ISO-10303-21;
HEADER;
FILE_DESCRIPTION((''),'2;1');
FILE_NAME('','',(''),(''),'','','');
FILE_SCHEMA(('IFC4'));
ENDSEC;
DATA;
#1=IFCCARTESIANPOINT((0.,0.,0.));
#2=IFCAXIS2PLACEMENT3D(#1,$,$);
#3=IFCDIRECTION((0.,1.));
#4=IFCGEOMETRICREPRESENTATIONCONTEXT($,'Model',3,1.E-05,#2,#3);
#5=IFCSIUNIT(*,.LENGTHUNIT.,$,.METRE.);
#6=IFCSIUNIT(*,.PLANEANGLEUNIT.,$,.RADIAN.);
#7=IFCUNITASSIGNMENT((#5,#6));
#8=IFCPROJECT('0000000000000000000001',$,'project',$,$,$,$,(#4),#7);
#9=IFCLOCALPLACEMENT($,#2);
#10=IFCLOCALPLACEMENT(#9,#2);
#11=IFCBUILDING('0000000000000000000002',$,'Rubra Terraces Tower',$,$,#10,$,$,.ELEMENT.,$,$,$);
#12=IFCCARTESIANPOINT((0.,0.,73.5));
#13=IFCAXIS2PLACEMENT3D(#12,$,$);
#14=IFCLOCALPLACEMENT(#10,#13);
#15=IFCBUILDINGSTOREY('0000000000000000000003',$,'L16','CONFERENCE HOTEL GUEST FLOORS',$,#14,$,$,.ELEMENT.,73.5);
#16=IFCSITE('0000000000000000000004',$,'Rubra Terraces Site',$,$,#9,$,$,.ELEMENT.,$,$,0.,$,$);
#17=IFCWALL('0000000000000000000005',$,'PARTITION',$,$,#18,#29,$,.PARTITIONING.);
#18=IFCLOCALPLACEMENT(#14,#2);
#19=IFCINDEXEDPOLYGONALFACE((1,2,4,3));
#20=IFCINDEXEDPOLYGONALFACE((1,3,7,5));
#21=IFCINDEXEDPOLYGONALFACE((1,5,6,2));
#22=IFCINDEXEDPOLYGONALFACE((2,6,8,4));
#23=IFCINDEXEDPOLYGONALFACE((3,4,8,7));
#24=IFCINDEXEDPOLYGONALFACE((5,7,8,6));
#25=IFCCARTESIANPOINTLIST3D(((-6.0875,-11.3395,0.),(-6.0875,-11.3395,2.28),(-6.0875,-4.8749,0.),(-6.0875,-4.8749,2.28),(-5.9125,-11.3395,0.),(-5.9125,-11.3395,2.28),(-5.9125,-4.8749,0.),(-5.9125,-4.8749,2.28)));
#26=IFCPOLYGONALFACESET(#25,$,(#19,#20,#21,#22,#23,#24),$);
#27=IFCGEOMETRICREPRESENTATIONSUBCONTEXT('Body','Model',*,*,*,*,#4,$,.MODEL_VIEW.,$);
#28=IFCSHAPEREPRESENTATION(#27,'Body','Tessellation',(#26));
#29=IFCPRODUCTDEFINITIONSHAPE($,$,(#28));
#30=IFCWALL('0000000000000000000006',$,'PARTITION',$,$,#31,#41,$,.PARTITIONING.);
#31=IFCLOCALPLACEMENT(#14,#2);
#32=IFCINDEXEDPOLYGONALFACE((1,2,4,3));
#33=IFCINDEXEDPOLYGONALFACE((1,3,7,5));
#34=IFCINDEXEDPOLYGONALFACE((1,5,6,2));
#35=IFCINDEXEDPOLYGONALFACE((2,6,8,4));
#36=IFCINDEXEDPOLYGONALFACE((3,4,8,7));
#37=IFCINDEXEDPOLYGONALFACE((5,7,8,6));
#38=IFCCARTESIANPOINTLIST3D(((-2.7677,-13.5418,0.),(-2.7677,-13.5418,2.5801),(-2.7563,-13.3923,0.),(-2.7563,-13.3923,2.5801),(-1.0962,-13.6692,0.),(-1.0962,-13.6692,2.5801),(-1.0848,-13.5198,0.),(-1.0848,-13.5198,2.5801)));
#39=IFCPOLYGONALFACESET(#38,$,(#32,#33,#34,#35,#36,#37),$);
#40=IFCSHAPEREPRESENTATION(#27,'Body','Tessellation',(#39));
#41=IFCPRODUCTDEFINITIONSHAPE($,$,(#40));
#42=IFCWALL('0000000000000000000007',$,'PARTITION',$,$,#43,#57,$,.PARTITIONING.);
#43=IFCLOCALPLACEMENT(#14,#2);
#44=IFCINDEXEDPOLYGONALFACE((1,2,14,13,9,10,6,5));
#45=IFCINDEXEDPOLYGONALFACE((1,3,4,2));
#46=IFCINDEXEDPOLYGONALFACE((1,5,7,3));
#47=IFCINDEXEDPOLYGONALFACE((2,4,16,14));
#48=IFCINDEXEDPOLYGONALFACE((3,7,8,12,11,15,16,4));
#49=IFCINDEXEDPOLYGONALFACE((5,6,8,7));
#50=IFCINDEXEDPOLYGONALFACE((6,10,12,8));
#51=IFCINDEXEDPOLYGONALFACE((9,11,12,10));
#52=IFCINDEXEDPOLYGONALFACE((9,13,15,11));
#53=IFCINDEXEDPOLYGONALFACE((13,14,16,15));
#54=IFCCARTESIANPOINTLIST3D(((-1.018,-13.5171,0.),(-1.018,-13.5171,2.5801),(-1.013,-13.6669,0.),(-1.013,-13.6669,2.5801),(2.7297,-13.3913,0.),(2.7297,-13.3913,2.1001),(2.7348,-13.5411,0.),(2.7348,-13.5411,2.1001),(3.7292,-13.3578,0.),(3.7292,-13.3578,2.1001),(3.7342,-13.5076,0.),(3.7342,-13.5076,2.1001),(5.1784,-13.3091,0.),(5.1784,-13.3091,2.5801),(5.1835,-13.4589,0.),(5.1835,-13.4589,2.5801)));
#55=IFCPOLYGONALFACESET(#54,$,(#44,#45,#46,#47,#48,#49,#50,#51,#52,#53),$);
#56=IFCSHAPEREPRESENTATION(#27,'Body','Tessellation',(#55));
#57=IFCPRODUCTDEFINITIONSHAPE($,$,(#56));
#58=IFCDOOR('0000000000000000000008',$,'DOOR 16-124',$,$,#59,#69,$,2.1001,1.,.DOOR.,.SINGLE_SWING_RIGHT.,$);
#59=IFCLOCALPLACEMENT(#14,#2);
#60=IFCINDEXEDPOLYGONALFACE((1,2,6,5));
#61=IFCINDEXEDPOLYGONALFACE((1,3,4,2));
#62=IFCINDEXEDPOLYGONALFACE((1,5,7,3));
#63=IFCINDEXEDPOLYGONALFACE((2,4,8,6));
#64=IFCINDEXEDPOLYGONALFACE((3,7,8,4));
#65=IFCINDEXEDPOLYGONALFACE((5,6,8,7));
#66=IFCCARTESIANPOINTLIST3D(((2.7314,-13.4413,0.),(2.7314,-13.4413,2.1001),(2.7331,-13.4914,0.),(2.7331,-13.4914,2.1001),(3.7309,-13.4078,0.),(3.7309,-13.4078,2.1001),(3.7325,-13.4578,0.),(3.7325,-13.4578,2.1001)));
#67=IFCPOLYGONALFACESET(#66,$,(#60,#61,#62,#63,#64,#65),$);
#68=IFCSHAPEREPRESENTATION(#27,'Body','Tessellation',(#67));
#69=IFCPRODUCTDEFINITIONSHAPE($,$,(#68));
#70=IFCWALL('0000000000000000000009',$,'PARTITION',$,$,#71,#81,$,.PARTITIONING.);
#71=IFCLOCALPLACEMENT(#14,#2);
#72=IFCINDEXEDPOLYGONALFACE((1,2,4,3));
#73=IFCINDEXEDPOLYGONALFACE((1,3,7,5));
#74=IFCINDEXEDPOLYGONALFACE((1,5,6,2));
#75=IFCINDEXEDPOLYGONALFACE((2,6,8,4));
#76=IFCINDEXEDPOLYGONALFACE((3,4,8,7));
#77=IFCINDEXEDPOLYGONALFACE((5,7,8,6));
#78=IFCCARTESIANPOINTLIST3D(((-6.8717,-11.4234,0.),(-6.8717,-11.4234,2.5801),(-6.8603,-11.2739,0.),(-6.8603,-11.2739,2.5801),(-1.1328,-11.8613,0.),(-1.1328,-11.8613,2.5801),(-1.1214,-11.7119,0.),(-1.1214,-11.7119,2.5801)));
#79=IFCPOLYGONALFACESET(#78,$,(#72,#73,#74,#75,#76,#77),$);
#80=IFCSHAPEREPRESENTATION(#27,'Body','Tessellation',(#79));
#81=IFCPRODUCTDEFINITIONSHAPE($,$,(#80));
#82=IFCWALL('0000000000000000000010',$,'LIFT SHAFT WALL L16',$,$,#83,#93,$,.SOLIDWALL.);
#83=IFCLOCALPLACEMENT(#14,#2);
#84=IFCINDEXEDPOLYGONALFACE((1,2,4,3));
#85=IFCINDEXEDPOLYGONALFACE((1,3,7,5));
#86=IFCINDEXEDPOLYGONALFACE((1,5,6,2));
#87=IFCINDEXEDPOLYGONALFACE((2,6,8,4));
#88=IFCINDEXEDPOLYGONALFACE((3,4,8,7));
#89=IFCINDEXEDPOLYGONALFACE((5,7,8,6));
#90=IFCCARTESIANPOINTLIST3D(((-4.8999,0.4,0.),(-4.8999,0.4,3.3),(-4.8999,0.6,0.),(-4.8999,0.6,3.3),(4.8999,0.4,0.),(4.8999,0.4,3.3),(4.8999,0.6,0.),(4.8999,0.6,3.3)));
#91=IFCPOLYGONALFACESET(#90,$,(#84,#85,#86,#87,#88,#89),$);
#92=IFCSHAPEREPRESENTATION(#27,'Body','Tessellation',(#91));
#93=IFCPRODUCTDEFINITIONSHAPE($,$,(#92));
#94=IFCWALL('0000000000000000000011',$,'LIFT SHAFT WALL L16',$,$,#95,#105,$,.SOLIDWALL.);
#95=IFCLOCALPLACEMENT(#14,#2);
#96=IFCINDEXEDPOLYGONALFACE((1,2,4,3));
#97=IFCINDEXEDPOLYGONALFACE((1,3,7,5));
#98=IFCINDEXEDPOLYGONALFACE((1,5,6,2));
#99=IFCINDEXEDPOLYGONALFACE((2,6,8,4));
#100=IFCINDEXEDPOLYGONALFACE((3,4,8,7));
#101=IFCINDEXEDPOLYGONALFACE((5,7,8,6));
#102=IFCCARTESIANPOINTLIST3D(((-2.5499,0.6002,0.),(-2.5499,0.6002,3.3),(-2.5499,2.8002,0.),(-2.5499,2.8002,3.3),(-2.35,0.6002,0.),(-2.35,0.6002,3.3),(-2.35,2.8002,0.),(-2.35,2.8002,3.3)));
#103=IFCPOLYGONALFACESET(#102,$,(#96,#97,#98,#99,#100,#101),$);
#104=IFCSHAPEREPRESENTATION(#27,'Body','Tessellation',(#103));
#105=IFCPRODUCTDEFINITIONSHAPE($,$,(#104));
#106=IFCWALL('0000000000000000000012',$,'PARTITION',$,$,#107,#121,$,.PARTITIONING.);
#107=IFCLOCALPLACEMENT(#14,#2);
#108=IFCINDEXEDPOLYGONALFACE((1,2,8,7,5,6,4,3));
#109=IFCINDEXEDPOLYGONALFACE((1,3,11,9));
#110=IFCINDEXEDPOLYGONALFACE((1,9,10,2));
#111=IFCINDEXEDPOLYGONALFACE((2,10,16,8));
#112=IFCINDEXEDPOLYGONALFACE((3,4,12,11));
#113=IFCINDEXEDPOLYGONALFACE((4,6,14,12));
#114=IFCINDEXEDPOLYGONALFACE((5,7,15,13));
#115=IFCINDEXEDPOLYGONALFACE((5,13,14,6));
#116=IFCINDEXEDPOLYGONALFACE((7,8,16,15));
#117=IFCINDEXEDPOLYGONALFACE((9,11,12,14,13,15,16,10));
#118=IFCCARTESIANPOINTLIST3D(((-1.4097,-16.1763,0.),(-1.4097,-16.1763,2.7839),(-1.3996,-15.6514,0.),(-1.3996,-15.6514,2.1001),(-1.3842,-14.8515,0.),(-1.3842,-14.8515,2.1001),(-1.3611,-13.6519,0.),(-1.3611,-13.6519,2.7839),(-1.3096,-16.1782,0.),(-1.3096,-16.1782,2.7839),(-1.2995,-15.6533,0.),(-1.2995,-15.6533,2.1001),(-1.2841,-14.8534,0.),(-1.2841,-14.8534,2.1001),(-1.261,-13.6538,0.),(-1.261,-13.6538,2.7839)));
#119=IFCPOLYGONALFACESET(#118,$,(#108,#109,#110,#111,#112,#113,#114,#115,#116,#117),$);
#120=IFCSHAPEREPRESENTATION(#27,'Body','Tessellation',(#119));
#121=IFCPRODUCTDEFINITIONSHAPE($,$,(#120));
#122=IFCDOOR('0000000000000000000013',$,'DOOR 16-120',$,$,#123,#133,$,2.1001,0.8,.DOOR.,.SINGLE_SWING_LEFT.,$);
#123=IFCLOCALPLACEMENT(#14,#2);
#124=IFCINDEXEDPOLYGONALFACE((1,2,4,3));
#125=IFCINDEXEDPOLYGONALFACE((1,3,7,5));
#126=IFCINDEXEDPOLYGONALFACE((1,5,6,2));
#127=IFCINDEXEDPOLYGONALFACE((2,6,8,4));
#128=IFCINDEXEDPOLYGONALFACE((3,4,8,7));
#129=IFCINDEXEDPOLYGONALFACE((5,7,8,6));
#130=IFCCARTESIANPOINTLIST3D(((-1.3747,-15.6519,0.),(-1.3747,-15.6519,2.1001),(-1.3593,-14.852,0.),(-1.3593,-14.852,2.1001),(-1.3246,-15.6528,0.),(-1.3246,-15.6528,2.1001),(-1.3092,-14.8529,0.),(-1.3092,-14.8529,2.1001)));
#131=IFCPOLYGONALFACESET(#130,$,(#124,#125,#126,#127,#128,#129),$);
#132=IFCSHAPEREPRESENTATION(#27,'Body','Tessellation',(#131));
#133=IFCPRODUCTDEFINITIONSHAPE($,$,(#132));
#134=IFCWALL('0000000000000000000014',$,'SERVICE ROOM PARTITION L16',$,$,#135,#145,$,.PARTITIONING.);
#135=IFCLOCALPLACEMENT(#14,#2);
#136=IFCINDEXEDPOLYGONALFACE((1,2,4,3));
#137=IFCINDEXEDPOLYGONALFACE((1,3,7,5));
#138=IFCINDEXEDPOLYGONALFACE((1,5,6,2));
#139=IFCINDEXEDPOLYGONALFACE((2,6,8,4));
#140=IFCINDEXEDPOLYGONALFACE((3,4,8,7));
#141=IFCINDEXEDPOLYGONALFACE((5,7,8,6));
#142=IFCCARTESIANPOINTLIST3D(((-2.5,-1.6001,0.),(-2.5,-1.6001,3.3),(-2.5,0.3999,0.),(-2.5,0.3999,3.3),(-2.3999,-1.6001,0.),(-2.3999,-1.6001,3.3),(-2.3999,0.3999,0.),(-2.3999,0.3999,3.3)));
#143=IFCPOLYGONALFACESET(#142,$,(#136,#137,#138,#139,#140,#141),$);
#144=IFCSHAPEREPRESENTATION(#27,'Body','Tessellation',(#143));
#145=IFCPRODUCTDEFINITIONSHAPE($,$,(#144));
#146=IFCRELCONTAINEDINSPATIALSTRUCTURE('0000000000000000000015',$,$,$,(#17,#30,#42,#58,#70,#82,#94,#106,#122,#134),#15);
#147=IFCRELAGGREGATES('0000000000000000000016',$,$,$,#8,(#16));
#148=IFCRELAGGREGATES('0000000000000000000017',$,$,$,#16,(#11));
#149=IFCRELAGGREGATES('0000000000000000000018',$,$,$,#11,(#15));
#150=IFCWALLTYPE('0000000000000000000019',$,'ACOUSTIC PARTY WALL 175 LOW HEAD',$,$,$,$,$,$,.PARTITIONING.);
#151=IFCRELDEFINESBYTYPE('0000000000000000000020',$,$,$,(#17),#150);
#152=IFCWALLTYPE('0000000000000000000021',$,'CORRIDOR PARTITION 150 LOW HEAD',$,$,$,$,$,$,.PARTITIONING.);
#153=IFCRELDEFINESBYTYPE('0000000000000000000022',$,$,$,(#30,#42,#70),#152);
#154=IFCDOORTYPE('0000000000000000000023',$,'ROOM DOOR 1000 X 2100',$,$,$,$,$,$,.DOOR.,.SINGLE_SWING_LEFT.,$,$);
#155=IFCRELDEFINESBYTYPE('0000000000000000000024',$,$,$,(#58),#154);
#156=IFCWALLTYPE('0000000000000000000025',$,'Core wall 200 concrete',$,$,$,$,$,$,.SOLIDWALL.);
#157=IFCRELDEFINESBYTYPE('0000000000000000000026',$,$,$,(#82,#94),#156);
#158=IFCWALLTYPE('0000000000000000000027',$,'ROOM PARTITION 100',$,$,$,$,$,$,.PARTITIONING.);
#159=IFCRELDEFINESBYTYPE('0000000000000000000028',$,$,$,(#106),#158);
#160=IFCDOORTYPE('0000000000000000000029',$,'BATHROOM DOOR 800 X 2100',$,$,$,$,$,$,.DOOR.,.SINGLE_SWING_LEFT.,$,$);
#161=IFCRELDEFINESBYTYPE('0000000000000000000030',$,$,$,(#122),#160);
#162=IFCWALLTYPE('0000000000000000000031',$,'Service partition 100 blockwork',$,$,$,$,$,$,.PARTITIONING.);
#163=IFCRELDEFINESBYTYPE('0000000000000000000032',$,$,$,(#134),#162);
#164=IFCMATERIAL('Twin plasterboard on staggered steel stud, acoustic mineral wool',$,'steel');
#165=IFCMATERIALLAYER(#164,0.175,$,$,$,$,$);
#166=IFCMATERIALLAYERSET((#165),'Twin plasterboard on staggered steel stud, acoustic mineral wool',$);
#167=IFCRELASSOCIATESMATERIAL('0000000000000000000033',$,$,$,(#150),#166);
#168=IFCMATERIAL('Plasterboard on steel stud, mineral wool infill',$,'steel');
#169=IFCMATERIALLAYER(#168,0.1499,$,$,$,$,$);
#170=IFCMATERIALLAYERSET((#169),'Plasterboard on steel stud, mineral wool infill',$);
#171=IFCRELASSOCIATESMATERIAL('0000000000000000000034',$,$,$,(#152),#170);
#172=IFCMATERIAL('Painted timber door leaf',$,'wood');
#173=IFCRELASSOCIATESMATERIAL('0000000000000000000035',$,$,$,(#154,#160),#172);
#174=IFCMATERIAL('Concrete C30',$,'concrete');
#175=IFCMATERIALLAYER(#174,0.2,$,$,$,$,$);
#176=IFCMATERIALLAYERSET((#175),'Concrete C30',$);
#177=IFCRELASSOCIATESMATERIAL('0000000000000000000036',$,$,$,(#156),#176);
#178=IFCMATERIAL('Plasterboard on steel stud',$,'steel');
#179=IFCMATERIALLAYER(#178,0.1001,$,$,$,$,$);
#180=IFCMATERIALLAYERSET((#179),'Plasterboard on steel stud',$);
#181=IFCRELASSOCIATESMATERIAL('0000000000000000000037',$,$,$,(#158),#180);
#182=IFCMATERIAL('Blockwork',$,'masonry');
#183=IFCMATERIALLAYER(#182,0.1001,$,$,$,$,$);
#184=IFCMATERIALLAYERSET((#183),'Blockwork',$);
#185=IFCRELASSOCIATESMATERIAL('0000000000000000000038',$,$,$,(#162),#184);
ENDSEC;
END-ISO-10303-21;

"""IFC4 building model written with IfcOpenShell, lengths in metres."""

from ifc_helpers import new_model, si_unit, direction, frame, frame_2d, origin, place, context, subcontext, project, spatial, rectangle, extrude, material, layer, layer_set, type_object, element, fill, save


model = new_model("IFC4")

# Units and contexts
model_context = context("Model", 3, precision=1e-05, world=origin(), true_north=direction((0.0, 1.0)))
body_context = subcontext(model_context, "Body", "Model", "MODEL_VIEW")
ifc_project = project(units=[si_unit("LENGTHUNIT", "METRE"), si_unit("PLANEANGLEUNIT", "RADIAN")], contexts=[model_context])

# Site, building, storey
site_placement = place(None, origin())
site = spatial("IfcSite", under=ifc_project, at=site_placement, Name="Rubra Terraces Site", CompositionType="ELEMENT", RefElevation=0.0)
building_placement = place(site_placement, origin())
building = spatial("IfcBuilding", under=site, at=building_placement, Name="Rubra Terraces Tower", CompositionType="ELEMENT")
storey_placement = place(building_placement, frame((0.0, 0.0, 73.5)))
storey = spatial("IfcBuildingStorey", under=building, at=storey_placement, Name="L16", Description="CONFERENCE HOTEL GUEST FLOORS", CompositionType="ELEMENT", Elevation=73.5)

# Walls
ifc_material_1 = material(Name="Twin plasterboard on staggered steel stud, acoustic mineral wool", Category="steel")
ifc_layer_1 = layer(ifc_material_1, 0.175)
ifc_layer_set_1 = layer_set([ifc_layer_1], Name="Twin plasterboard on staggered steel stud, acoustic mineral wool")
wall_type_1 = type_object("IfcWallType", Name="ACOUSTIC PARTY WALL 175 LOW HEAD", PredefinedType="PARTITIONING", material=ifc_layer_set_1)
wall_1_placement = place(storey_placement, frame((-6.0, -11.3396, 0.0), z_axis=(0.0, 0.0, 1.0), x_axis=(0.0, 1.0, 0.0)))
element("IfcWall", 1, at=wall_1_placement, inside=storey, type_object=wall_type_1, Name="PARTITION", PredefinedType="PARTITIONING", context=body_context, shape_type="SweptSolid", body=[
    extrude(rectangle(XDim=6.4646, YDim=0.175, at=frame_2d((3.2324, 0.0))), origin(), (0.0, 0.0, 1.0), 2.28),
])
ifc_material_2 = material(Name="Plasterboard on steel stud, mineral wool infill", Category="steel")
ifc_layer_2 = layer(ifc_material_2, 0.1499)
ifc_layer_set_2 = layer_set([ifc_layer_2], Name="Plasterboard on steel stud, mineral wool infill")
wall_type_2 = type_object("IfcWallType", Name="CORRIDOR PARTITION 150 LOW HEAD", PredefinedType="PARTITIONING", material=ifc_layer_set_2)
wall_2_placement = place(storey_placement, frame((-2.762, -13.467, 0.0), z_axis=(0.0, 0.0, 1.0), x_axis=(0.997106, -0.076028, 0.0)))
element("IfcWall", 2, at=wall_2_placement, inside=storey, type_object=wall_type_2, Name="PARTITION", PredefinedType="PARTITIONING", context=body_context, shape_type="SweptSolid", body=[
    extrude(rectangle(XDim=1.6763, YDim=0.1499, at=frame_2d((0.8381, 0.0))), origin(), (0.0, 0.0, 1.0), 2.5801),
])

# Wall, opening, door
wall_3_placement = place(storey_placement, frame((-1.0156, -13.592, 0.0), z_axis=(0.0, 0.0, 1.0), x_axis=(0.999437, 0.03355, 0.0)))
wall_3 = element("IfcWall", 3, at=wall_3_placement, inside=storey, type_object=wall_type_2, Name="PARTITION", PredefinedType="PARTITIONING", context=body_context, shape_type="SweptSolid", body=[
    extrude(rectangle(XDim=6.2, YDim=0.1499, at=frame_2d((3.1001, 0.0))), origin(), (0.0, 0.0, 1.0), 2.5801),
])
opening_1_placement = place(wall_3_placement, frame((3.75, 0.0, 0.0)))
opening_1 = element("IfcOpeningElement", 4, at=opening_1_placement, cuts=wall_3, PredefinedType="OPENING", context=body_context, shape_type="SweptSolid", body=[
    extrude(rectangle(XDim=1.0, YDim=2.1001, at=frame_2d((0.5, 1.05))), frame((0.0, 0.085, 0.0), z_axis=(0.0, -1.0, 0.0), x_axis=(1.0, 0.0, 0.0)), (0.0, 0.0, 1.0), 0.1699),
])
ifc_material_3 = material(Name="Painted timber door leaf", Category="wood")
door_type_1 = type_object("IfcDoorType", Name="ROOM DOOR 1000 X 2100", OperationType="SINGLE_SWING_LEFT", PredefinedType="DOOR", material=ifc_material_3)
door_1_placement = place(opening_1_placement, origin())
door_1 = element("IfcDoor", 5, at=door_1_placement, inside=storey, type_object=door_type_1, Name="DOOR 16-124", OperationType="SINGLE_SWING_RIGHT", OverallHeight=2.1001, OverallWidth=1.0, PredefinedType="DOOR", context=body_context, shape_type="SweptSolid", body=[
    extrude(rectangle(XDim=1.0, YDim=2.1001, at=frame_2d((0.5, 1.05))), frame((0.0, 0.0249, 0.0), z_axis=(0.0, -1.0, 0.0), x_axis=(1.0, 0.0, 0.0)), (0.0, 0.0, 1.0), 0.05),
])
fill(opening_1, door_1)

# Walls
wall_4_placement = place(storey_placement, frame((-1.127, -11.7866, 0.0), z_axis=(0.0, 0.0, 1.0), x_axis=(-0.9971, 0.076096, 0.0)))
element("IfcWall", 6, at=wall_4_placement, inside=storey, type_object=wall_type_2, Name="PARTITION", PredefinedType="PARTITIONING", context=body_context, shape_type="SweptSolid", body=[
    extrude(rectangle(XDim=5.7556, YDim=0.1499, at=frame_2d((2.8779, 0.0))), origin(), (0.0, 0.0, 1.0), 2.5801),
])
ifc_material_4 = material(Name="Concrete C30", Category="concrete")
ifc_layer_3 = layer(ifc_material_4, 0.2)
ifc_layer_set_3 = layer_set([ifc_layer_3], Name="Concrete C30")
wall_type_3 = type_object("IfcWallType", Name="Core wall 200 concrete", PredefinedType="SOLIDWALL", material=ifc_layer_set_3)
wall_5_placement = place(storey_placement, frame((-4.8999, 0.5, 0.0), z_axis=(0.0, 0.0, 1.0), x_axis=(1.0, 0.0, 0.0)))
element("IfcWall", 7, at=wall_5_placement, inside=storey, type_object=wall_type_3, Name="LIFT SHAFT WALL L16", PredefinedType="SOLIDWALL", context=body_context, shape_type="SweptSolid", body=[
    extrude(rectangle(XDim=9.7998, YDim=0.2, at=frame_2d((4.8999, 0.0))), origin(), (0.0, 0.0, 1.0), 3.3),
])
wall_6_placement = place(storey_placement, frame((-2.45, 0.6001, 0.0), z_axis=(0.0, 0.0, 1.0), x_axis=(0.0, 1.0, 0.0)))
element("IfcWall", 8, at=wall_6_placement, inside=storey, type_object=wall_type_3, Name="LIFT SHAFT WALL L16", PredefinedType="SOLIDWALL", context=body_context, shape_type="SweptSolid", body=[
    extrude(rectangle(XDim=2.2, YDim=0.2, at=frame_2d((1.1001, 0.0))), origin(), (0.0, 0.0, 1.0), 3.3),
])

# Wall, opening, door
ifc_material_5 = material(Name="Plasterboard on steel stud", Category="steel")
ifc_layer_4 = layer(ifc_material_5, 0.1001)
ifc_layer_set_4 = layer_set([ifc_layer_4], Name="Plasterboard on steel stud")
wall_type_4 = type_object("IfcWallType", Name="ROOM PARTITION 100", PredefinedType="PARTITIONING", material=ifc_layer_set_4)
wall_7_placement = place(storey_placement, frame((-1.311, -13.6528, 0.0), z_axis=(0.0, 0.0, 1.0), x_axis=(-0.019242, -0.999815, 0.0)))
wall_7 = element("IfcWall", 9, at=wall_7_placement, inside=storey, type_object=wall_type_4, Name="PARTITION", PredefinedType="PARTITIONING", context=body_context, shape_type="SweptSolid", body=[
    extrude(rectangle(XDim=2.5249, YDim=0.1001, at=frame_2d((1.2625, 0.0))), origin(), (0.0, 0.0, 1.0), 2.7839),
])
opening_2_placement = place(wall_7_placement, frame((1.2, 0.0, 0.0)))
opening_2 = element("IfcOpeningElement", 10, at=opening_2_placement, cuts=wall_7, PredefinedType="OPENING", context=body_context, shape_type="SweptSolid", body=[
    extrude(rectangle(XDim=0.8, YDim=2.1001, at=frame_2d((0.3999, 1.05))), frame((0.0, 0.0601, 0.0), z_axis=(0.0, -1.0, 0.0), x_axis=(1.0, 0.0, 0.0)), (0.0, 0.0, 1.0), 0.1201),
])
door_type_2 = type_object("IfcDoorType", Name="BATHROOM DOOR 800 X 2100", OperationType="SINGLE_SWING_LEFT", PredefinedType="DOOR", material=ifc_material_3)
door_2_placement = place(opening_2_placement, origin())
door_2 = element("IfcDoor", 11, at=door_2_placement, inside=storey, type_object=door_type_2, Name="DOOR 16-120", OperationType="SINGLE_SWING_LEFT", OverallHeight=2.1001, OverallWidth=0.8, PredefinedType="DOOR", context=body_context, shape_type="SweptSolid", body=[
    extrude(rectangle(XDim=0.8, YDim=2.1001, at=frame_2d((0.3999, 1.05))), frame((0.0, 0.0249, 0.0), z_axis=(0.0, -1.0, 0.0), x_axis=(1.0, 0.0, 0.0)), (0.0, 0.0, 1.0), 0.05),
])
fill(opening_2, door_2)

# Wall
ifc_material_6 = material(Name="Blockwork", Category="masonry")
ifc_layer_5 = layer(ifc_material_6, 0.1001)
ifc_layer_set_5 = layer_set([ifc_layer_5], Name="Blockwork")
wall_type_5 = type_object("IfcWallType", Name="Service partition 100 blockwork", PredefinedType="PARTITIONING", material=ifc_layer_set_5)
wall_8_placement = place(storey_placement, frame((-2.45, -1.6001, 0.0), z_axis=(0.0, 0.0, 1.0), x_axis=(0.0, 1.0, 0.0)))
element("IfcWall", 12, at=wall_8_placement, inside=storey, type_object=wall_type_5, Name="SERVICE ROOM PARTITION L16", PredefinedType="PARTITIONING", context=body_context, shape_type="SweptSolid", body=[
    extrude(rectangle(XDim=2.0, YDim=0.1001, at=frame_2d((1.0, 0.0))), origin(), (0.0, 0.0, 1.0), 3.3),
])

save(model, "model.ifc")
